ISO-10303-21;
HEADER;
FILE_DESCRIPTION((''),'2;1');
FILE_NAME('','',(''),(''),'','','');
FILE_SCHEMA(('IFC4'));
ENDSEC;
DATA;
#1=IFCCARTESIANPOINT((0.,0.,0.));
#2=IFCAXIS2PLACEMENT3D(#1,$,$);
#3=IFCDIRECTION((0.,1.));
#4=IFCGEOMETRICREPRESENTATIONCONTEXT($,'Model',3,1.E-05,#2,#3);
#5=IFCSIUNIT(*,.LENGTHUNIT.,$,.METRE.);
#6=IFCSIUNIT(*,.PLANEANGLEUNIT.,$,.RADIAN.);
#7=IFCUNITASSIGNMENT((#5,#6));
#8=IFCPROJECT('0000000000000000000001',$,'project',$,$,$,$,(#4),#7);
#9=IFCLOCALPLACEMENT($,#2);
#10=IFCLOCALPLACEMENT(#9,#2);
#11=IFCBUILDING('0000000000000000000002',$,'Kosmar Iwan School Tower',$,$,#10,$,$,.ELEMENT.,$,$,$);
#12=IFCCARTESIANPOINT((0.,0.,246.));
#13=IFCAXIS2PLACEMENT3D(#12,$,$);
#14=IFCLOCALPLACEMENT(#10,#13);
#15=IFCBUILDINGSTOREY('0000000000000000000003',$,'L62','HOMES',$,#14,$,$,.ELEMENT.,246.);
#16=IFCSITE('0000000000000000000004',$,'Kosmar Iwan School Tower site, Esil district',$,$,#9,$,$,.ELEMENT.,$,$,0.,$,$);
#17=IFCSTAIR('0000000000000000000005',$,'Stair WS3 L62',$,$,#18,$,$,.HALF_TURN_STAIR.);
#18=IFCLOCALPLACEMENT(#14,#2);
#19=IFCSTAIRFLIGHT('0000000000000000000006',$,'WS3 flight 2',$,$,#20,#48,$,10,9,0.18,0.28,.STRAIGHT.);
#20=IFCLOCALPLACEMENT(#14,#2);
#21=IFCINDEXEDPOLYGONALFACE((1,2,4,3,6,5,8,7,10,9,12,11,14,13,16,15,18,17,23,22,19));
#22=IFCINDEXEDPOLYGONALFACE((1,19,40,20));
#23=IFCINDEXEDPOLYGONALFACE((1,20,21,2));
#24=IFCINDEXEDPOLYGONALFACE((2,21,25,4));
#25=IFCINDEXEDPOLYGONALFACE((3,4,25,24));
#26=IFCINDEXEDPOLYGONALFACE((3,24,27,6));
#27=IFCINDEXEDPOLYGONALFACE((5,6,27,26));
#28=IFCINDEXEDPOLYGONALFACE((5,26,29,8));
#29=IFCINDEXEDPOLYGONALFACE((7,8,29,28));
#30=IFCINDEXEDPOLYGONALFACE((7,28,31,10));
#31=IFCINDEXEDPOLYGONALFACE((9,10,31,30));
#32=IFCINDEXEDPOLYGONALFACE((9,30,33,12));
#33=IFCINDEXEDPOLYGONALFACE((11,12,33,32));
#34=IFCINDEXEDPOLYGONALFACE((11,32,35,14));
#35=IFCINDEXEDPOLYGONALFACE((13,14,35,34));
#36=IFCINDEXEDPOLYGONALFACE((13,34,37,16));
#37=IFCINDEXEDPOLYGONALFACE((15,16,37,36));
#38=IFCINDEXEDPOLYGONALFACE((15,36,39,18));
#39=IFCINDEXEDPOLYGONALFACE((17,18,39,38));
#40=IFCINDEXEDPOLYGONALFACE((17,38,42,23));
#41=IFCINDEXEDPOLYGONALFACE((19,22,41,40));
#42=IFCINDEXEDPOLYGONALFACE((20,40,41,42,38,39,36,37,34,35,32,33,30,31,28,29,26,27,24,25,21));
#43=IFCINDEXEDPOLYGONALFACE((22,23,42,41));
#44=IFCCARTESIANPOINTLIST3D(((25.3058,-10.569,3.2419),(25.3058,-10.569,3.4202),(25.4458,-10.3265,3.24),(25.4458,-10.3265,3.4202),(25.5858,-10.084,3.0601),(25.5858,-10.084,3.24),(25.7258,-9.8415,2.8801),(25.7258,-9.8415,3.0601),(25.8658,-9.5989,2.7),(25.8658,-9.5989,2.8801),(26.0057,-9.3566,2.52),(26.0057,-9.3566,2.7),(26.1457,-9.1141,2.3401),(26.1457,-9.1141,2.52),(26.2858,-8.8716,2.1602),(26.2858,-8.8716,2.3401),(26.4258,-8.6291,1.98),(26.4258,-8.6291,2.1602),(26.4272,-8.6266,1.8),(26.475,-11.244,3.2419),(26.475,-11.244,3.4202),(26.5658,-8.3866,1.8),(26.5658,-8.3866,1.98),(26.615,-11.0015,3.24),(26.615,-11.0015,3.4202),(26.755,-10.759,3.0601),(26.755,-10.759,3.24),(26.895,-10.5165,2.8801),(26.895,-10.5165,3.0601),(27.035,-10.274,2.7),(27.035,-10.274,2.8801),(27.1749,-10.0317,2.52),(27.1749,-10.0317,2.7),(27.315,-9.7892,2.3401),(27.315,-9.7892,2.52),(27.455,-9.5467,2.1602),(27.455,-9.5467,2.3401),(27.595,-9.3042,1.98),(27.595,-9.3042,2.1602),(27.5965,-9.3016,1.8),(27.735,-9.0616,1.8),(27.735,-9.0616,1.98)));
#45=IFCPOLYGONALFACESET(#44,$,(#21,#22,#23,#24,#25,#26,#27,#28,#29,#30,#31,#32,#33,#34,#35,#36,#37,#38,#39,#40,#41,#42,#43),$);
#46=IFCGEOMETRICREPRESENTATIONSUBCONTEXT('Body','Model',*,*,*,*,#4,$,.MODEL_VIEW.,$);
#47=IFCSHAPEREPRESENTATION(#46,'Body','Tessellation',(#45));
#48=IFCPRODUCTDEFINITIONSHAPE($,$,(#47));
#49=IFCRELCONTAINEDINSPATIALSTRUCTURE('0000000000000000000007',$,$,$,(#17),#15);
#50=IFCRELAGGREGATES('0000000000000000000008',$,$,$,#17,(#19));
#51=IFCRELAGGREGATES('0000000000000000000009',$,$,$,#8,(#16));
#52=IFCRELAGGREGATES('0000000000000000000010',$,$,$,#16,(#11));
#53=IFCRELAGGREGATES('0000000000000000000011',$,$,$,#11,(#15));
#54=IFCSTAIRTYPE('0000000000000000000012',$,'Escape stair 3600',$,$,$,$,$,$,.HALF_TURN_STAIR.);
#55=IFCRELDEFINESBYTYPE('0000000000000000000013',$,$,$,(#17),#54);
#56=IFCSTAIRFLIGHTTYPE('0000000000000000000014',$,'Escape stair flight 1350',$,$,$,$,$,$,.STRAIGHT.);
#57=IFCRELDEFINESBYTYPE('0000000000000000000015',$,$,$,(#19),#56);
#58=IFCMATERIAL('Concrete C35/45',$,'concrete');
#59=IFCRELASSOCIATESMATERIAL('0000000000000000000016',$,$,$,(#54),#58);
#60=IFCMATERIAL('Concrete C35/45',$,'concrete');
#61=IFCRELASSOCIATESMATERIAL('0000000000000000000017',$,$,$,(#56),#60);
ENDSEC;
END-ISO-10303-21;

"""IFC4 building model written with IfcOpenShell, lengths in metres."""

from ifc_helpers import new_model, si_unit, direction, frame, origin, place, context, subcontext, project, spatial, polyline, outline, extrude, material, type_object, element, aggregate, save


model = new_model("IFC4")

# Units and contexts
model_context = context("Model", 3, precision=1e-05, world=origin(), true_north=direction((0.0, 1.0)))
body_context = subcontext(model_context, "Body", "Model", "MODEL_VIEW")
ifc_project = project(units=[si_unit("LENGTHUNIT", "METRE"), si_unit("PLANEANGLEUNIT", "RADIAN")], contexts=[model_context])

# Site, building, storey
site_placement = place(None, origin())
site = spatial("IfcSite", under=ifc_project, at=site_placement, Name="Kosmar Iwan School Tower site, Esil district", CompositionType="ELEMENT", RefElevation=0.0)
building_placement = place(site_placement, origin())
building = spatial("IfcBuilding", under=site, at=building_placement, Name="Kosmar Iwan School Tower", CompositionType="ELEMENT")
storey_placement = place(building_placement, frame((0.0, 0.0, 246.0)))
storey = spatial("IfcBuildingStorey", under=building, at=storey_placement, Name="L62", Description="HOMES", CompositionType="ELEMENT", Elevation=246.0)

# Stair, stair flight
ifc_material_1 = material(Name="Concrete C35/45", Category="concrete")
stair_type = type_object("IfcStairType", Name="Escape stair 3600", PredefinedType="HALF_TURN_STAIR", material=ifc_material_1)
stair_placement = place(storey_placement, origin())
stair = element("IfcStair", 1, at=stair_placement, inside=storey, type_object=stair_type, Name="Stair WS3 L62", PredefinedType="HALF_TURN_STAIR")
ifc_material_2 = material(Name="Concrete C35/45", Category="concrete")
stair_flight_type = type_object("IfcStairFlightType", Name="Escape stair flight 1350", PredefinedType="STRAIGHT", material=ifc_material_2)
stair_flight_1_placement = place(storey_placement, frame((27.1504, -8.7241, 1.8), z_axis=(0.0, 0.0, 1.0), x_axis=(-0.5, -0.866025, 0.0)))
stair_flight_1 = element("IfcStairFlight", 2, at=stair_flight_1_placement, type_object=stair_flight_type, Name="WS3 flight 2", NumberOfRisers=10, NumberOfTreads=9, PredefinedType="STRAIGHT", RiserHeight=0.18, TreadLength=0.28, context=body_context, shape_type="SweptSolid", body=[
    extrude(outline(polyline([(0.0, 0.0), (0.0, 0.1799), (0.28, 0.1799), (0.28, 0.3601), (0.5601, 0.3601), (0.5601, 0.54), (0.8401, 0.54), (0.8401, 0.72), (1.1201, 0.72), (1.1201, 0.8999), (1.3999, 0.8999), (1.3999, 1.0801), (1.6799, 1.0801), (1.6799, 1.26), (1.96, 1.26), (1.96, 1.4399), (2.24, 1.4399), (2.24, 1.6201), (2.52, 1.6201), (2.52, 1.8), (2.52, 1.4419), (0.2771, 0.0), (0.0, 0.0)])), frame((0.0, 0.675, 0.0), z_axis=(0.0, -1.0, 0.0), x_axis=(1.0, 0.0, 0.0)), (0.0, 0.0, 1.0), 1.3501),
])
aggregate(stair, [stair_flight_1])

save(model, "model.ifc")
